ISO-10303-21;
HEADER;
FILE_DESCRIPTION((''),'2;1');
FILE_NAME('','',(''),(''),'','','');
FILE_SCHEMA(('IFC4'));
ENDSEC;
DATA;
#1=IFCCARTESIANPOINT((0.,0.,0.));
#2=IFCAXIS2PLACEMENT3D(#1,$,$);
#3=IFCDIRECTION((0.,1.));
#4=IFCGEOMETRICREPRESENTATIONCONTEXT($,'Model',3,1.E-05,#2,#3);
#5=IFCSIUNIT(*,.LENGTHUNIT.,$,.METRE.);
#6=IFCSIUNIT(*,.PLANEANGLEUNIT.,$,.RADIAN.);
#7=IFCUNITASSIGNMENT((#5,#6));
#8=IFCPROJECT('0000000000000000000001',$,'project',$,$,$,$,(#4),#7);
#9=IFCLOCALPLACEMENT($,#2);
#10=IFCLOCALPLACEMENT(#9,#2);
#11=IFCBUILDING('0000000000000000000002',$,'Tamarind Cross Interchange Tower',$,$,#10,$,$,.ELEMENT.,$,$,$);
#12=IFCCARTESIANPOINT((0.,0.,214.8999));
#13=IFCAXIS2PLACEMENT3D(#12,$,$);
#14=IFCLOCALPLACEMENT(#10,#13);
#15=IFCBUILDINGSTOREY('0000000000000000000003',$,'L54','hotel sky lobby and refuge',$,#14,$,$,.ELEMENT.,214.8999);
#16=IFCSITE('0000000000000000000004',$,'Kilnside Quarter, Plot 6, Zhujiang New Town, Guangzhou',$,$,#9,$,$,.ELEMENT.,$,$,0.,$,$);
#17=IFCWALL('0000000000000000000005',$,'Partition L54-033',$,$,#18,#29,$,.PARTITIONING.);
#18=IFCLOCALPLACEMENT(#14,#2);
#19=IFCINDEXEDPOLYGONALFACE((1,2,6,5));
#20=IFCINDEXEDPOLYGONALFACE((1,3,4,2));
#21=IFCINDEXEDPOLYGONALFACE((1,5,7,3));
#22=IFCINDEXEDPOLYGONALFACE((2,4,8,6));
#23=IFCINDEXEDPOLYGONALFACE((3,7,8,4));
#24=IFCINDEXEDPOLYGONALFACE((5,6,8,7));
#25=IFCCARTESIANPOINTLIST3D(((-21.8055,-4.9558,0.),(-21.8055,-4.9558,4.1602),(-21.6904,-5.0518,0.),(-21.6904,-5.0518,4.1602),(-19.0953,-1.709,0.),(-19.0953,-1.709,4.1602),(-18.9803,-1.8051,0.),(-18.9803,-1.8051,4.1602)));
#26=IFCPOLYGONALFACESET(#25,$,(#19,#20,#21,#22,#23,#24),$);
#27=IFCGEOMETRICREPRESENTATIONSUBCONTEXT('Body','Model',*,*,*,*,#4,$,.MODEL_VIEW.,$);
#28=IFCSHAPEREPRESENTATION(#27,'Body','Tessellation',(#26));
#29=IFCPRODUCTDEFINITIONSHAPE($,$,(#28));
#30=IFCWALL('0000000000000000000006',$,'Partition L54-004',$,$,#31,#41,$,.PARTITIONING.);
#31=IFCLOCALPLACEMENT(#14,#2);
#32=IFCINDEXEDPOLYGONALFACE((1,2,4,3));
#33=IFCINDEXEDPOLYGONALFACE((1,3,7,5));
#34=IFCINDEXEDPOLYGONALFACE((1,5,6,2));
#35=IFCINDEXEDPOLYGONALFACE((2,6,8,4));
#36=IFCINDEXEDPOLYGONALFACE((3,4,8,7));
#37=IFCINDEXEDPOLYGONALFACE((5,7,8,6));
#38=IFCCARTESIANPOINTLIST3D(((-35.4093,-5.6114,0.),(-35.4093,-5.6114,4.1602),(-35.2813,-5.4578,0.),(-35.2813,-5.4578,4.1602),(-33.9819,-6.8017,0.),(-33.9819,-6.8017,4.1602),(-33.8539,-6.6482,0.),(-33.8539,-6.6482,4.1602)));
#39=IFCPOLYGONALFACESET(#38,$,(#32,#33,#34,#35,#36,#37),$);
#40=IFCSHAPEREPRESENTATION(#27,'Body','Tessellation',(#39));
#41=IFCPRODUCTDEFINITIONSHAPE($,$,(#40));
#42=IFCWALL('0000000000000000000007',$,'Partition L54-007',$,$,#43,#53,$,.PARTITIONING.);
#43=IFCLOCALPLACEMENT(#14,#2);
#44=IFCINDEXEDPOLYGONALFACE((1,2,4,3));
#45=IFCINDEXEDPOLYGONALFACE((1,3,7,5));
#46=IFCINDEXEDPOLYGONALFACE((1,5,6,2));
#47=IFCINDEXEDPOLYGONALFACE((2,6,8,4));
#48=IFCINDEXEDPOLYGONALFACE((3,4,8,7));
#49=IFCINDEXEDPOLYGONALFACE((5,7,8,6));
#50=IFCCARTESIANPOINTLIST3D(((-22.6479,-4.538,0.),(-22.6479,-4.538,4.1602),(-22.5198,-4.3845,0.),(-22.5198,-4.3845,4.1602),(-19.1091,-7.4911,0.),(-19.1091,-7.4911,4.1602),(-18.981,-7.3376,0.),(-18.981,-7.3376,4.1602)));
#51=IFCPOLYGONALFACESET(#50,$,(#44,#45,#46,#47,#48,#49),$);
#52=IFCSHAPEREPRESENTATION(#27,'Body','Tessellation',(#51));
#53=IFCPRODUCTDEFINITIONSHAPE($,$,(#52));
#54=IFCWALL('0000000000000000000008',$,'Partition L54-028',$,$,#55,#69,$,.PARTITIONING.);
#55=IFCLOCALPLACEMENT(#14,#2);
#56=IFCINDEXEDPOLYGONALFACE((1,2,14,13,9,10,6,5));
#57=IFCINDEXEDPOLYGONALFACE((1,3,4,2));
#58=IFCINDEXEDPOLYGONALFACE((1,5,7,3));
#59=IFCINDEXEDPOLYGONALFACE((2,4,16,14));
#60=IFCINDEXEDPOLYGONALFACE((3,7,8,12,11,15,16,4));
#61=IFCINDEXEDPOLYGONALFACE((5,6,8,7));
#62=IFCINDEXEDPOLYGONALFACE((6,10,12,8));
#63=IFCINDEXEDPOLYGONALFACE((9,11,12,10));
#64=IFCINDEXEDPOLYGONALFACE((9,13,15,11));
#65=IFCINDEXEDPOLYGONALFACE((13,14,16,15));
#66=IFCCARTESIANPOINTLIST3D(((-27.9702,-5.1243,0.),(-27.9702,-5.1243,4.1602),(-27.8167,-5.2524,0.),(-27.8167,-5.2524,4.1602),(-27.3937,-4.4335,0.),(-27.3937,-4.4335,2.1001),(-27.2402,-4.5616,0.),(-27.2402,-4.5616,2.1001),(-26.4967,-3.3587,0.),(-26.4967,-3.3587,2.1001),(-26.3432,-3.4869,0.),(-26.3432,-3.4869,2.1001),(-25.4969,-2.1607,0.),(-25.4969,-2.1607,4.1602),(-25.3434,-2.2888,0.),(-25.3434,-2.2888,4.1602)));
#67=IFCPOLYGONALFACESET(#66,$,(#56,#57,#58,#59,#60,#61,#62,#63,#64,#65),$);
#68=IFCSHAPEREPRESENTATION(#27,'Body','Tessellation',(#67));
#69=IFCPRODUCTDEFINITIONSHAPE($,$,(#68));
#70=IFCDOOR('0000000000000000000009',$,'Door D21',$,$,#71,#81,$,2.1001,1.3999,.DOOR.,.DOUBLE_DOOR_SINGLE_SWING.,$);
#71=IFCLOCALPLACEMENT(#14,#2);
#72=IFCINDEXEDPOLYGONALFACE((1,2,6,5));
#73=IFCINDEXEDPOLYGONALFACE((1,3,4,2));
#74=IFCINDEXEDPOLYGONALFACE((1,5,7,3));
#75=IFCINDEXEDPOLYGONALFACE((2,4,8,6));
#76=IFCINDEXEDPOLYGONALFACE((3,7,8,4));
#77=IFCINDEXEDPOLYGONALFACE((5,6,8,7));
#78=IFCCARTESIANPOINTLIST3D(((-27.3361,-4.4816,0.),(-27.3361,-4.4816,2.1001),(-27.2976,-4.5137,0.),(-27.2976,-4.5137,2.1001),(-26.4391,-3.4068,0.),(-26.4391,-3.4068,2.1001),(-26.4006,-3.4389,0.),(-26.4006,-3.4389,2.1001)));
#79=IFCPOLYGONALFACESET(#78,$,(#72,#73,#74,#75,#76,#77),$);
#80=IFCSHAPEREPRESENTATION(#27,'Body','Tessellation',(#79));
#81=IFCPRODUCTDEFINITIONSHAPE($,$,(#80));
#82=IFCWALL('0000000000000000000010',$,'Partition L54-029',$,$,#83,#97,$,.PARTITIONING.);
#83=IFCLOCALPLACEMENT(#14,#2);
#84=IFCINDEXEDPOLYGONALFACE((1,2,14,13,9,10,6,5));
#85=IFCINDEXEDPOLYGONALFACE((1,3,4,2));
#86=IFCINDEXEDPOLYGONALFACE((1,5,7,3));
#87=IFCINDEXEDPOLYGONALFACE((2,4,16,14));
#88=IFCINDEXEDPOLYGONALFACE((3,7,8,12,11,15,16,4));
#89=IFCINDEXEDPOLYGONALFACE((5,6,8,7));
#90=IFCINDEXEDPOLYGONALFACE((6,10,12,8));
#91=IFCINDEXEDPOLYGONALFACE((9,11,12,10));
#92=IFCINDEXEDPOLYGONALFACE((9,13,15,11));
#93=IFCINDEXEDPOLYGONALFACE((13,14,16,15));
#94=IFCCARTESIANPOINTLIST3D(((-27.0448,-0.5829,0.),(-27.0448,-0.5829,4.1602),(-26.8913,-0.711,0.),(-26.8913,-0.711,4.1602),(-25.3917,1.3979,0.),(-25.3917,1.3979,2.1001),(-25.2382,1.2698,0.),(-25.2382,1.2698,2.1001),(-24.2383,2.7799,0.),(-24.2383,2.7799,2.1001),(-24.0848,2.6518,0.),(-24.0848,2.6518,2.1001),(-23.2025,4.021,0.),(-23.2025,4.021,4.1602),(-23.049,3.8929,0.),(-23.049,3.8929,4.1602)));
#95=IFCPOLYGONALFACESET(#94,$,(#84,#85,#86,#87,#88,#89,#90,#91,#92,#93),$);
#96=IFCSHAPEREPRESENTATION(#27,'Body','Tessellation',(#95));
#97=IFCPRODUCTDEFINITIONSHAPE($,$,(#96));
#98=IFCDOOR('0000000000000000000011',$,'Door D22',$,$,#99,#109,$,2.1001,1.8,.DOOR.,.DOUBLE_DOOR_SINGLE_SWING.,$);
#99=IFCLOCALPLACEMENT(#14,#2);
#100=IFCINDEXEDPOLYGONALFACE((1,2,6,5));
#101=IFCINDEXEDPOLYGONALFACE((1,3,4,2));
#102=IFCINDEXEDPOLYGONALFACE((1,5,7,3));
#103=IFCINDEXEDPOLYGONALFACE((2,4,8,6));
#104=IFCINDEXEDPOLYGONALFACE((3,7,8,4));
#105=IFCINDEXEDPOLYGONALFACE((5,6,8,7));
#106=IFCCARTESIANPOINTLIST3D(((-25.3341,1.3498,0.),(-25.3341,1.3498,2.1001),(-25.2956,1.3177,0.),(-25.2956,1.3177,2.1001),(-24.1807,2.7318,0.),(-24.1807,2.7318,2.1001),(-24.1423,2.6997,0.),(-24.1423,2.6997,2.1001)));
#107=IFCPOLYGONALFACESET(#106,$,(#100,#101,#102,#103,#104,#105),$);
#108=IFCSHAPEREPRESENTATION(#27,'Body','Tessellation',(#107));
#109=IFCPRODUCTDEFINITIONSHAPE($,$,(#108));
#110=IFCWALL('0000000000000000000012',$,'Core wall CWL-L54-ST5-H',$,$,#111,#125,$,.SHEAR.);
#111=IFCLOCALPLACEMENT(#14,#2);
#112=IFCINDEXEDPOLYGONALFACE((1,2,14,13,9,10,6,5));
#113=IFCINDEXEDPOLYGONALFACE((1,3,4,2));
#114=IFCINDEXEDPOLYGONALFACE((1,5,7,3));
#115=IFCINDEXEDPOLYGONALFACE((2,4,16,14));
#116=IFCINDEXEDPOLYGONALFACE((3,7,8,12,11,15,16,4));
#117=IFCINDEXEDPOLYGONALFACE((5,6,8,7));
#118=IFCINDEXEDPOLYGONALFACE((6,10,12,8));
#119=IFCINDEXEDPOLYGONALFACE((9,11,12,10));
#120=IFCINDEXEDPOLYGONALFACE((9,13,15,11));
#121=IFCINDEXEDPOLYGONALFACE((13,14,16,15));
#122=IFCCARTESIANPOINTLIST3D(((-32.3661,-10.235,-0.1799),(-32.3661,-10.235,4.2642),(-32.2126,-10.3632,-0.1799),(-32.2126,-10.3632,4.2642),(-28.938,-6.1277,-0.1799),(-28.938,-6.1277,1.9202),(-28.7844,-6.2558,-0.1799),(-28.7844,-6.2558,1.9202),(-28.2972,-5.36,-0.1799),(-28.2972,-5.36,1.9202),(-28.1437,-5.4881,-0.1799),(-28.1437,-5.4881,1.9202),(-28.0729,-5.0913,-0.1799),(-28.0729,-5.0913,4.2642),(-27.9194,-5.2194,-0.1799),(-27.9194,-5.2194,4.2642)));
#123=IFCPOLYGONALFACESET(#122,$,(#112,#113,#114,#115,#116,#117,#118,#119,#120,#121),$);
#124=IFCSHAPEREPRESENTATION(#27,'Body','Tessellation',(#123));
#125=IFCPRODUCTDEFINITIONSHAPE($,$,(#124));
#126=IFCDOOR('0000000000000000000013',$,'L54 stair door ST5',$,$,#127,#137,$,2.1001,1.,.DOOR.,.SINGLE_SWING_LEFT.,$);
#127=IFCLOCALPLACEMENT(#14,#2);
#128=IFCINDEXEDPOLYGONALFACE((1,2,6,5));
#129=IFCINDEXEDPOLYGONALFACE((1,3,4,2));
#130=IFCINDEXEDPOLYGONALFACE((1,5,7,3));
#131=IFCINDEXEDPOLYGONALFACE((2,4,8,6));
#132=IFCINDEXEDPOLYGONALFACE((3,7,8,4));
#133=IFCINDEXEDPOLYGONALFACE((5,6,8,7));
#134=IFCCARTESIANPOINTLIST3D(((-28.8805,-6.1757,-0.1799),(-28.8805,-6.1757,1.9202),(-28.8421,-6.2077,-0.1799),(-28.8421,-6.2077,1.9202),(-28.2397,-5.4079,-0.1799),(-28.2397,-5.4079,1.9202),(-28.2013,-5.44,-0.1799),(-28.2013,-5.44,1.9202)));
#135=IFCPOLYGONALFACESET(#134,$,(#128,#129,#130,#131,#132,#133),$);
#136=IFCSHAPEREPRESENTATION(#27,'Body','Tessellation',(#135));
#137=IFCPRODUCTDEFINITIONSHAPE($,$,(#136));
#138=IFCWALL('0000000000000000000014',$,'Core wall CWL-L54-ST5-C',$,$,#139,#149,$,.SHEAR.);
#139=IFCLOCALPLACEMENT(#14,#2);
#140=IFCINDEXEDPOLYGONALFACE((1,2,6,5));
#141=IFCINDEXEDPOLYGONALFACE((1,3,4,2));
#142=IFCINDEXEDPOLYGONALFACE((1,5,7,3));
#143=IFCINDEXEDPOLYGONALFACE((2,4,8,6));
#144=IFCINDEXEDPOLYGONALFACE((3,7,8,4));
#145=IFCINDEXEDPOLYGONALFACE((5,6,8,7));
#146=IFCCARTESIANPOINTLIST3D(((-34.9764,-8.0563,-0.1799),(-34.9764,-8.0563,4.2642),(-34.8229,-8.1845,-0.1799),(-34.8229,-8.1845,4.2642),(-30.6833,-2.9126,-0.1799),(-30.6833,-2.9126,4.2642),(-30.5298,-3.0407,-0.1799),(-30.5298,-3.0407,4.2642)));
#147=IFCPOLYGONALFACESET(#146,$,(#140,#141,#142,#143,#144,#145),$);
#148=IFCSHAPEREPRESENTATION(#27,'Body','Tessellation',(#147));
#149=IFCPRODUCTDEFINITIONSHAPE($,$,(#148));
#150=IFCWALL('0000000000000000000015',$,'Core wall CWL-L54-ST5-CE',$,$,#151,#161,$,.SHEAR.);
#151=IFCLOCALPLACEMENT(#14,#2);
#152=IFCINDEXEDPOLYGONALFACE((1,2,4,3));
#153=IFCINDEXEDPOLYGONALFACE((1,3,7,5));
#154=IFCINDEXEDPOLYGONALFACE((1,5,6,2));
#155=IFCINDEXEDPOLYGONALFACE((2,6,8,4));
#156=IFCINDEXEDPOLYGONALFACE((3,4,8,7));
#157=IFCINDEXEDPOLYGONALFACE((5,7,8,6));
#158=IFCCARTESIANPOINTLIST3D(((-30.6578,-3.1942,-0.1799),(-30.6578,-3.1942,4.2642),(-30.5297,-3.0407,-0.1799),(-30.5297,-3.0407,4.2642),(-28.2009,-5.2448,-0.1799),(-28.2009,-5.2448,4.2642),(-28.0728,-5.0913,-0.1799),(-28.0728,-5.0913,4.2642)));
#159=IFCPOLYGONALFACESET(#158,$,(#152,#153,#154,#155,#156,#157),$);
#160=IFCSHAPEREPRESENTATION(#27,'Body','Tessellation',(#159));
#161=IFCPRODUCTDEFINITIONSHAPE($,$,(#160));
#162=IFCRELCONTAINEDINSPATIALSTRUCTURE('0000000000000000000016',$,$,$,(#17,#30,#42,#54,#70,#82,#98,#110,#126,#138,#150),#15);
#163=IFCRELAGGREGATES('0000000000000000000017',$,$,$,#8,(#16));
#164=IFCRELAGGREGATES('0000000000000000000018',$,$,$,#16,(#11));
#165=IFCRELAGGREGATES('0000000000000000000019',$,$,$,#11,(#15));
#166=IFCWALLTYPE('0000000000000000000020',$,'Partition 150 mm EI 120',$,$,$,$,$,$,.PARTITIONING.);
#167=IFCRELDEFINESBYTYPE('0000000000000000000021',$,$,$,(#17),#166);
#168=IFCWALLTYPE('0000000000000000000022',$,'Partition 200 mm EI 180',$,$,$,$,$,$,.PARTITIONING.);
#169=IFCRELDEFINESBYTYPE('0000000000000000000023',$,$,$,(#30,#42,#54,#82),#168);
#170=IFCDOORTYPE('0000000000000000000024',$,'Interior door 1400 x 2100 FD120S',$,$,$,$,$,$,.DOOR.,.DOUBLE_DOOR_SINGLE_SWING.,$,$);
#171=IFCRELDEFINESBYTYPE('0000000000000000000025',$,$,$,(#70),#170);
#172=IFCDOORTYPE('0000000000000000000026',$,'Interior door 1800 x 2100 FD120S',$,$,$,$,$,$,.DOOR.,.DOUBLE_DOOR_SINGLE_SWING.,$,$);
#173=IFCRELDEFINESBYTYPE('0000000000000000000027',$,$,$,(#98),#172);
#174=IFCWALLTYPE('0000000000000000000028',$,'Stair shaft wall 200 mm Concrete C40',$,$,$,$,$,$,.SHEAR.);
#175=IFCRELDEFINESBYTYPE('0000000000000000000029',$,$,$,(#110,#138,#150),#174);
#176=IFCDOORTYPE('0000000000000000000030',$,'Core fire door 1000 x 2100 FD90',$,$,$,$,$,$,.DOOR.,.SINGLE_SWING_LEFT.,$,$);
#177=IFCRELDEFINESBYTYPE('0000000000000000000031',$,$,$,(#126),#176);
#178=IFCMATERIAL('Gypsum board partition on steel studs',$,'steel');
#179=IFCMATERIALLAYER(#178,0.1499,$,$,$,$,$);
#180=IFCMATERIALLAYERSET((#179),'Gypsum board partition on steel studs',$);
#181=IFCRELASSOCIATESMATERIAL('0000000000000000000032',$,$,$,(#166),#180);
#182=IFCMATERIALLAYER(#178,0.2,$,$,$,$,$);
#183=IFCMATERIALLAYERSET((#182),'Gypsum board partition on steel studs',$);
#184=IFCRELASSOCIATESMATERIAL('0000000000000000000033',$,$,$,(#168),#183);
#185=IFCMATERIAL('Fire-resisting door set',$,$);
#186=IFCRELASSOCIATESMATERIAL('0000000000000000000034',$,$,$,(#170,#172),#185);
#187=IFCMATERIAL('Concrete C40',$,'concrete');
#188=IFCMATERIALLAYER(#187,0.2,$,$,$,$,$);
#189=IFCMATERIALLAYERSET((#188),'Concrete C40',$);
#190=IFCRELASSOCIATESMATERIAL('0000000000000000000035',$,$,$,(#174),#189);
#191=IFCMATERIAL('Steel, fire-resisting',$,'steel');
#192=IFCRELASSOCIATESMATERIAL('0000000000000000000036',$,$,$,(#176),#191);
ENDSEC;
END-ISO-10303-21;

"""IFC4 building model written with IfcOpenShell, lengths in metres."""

from ifc_helpers import new_model, si_unit, direction, frame, frame_2d, origin, place, context, subcontext, project, spatial, rectangle, extrude, material, layer, layer_set, type_object, element, fill, save


model = new_model("IFC4")

# Units and contexts
model_context = context("Model", 3, precision=1e-05, world=origin(), true_north=direction((0.0, 1.0)))
body_context = subcontext(model_context, "Body", "Model", "MODEL_VIEW")
ifc_project = project(units=[si_unit("LENGTHUNIT", "METRE"), si_unit("PLANEANGLEUNIT", "RADIAN")], contexts=[model_context])

# Site, building, storey
site_placement = place(None, origin())
site = spatial("IfcSite", under=ifc_project, at=site_placement, Name="Kilnside Quarter, Plot 6, Zhujiang New Town, Guangzhou", CompositionType="ELEMENT", RefElevation=0.0)
building_placement = place(site_placement, origin())
building = spatial("IfcBuilding", under=site, at=building_placement, Name="Tamarind Cross Interchange Tower", CompositionType="ELEMENT")
storey_placement = place(building_placement, frame((0.0, 0.0, 214.8999)))
storey = spatial("IfcBuildingStorey", under=building, at=storey_placement, Name="L54", Description="hotel sky lobby and refuge", CompositionType="ELEMENT", Elevation=214.8999)

# Walls
ifc_material_1 = material(Name="Gypsum board partition on steel studs", Category="steel")
ifc_layer_1 = layer(ifc_material_1, 0.1499)
ifc_layer_set_1 = layer_set([ifc_layer_1], Name="Gypsum board partition on steel studs")
wall_type_1 = type_object("IfcWallType", Name="Partition 150 mm EI 120", PredefinedType="PARTITIONING", material=ifc_layer_set_1)
wall_1_placement = place(storey_placement, frame((-21.748, -5.0039, 0.0), z_axis=(0.0, 0.0, 1.0), x_axis=(0.640814, 0.767696, 0.0)))
element("IfcWall", 1, at=wall_1_placement, inside=storey, type_object=wall_type_1, Name="Partition L54-033", PredefinedType="PARTITIONING", context=body_context, shape_type="SweptSolid", body=[
    extrude(rectangle(XDim=4.2292, YDim=0.1499, at=frame_2d((2.1147, 0.0))), origin(), (0.0, 0.0, 1.0), 4.1602),
])
ifc_layer_2 = layer(ifc_material_1, 0.2)
ifc_layer_set_2 = layer_set([ifc_layer_2], Name="Gypsum board partition on steel studs")
wall_type_2 = type_object("IfcWallType", Name="Partition 200 mm EI 180", PredefinedType="PARTITIONING", material=ifc_layer_set_2)
wall_2_placement = place(storey_placement, frame((-35.3452, -5.5347, 0.0), z_axis=(0.0, 0.0, 1.0), x_axis=(0.767995, -0.640456, 0.0)))
element("IfcWall", 2, at=wall_2_placement, inside=storey, type_object=wall_type_2, Name="Partition L54-004", PredefinedType="PARTITIONING", context=body_context, shape_type="SweptSolid", body=[
    extrude(rectangle(XDim=1.8586, YDim=0.2, at=frame_2d((0.9292, 0.0))), origin(), (0.0, 0.0, 1.0), 4.1602),
])
wall_3_placement = place(storey_placement, frame((-22.584, -4.4612, 0.0), z_axis=(0.0, 0.0, 1.0), x_axis=(0.767783, -0.64071, 0.0)))
element("IfcWall", 3, at=wall_3_placement, inside=storey, type_object=wall_type_2, Name="Partition L54-007", PredefinedType="PARTITIONING", context=body_context, shape_type="SweptSolid", body=[
    extrude(rectangle(XDim=4.6091, YDim=0.2, at=frame_2d((2.3047, 0.0))), origin(), (0.0, 0.0, 1.0), 4.1602),
])

# Walls, openings, doors
wall_4_placement = place(storey_placement, frame((-27.8936, -5.1885, 0.0), z_axis=(0.0, 0.0, 1.0), x_axis=(0.64075, 0.767749, 0.0)))
wall_4 = element("IfcWall", 4, at=wall_4_placement, inside=storey, type_object=wall_type_2, Name="Partition L54-028", PredefinedType="PARTITIONING", context=body_context, shape_type="SweptSolid", body=[
    extrude(rectangle(XDim=3.8601, YDim=0.2, at=frame_2d((1.9302, 0.0))), origin(), (0.0, 0.0, 1.0), 4.1602),
])
opening_1_placement = place(wall_4_placement, frame((0.8999, 0.0, 0.0)))
opening_1 = element("IfcOpeningElement", 5, at=opening_1_placement, cuts=wall_4, PredefinedType="OPENING", context=body_context, shape_type="SweptSolid", body=[
    extrude(rectangle(XDim=1.3999, YDim=2.1001, at=frame_2d((0.7, 1.05))), frame((0.0, 0.1099, 0.0), z_axis=(0.0, -1.0, 0.0), x_axis=(1.0, 0.0, 0.0)), (0.0, 0.0, 1.0), 0.22),
])
ifc_material_2 = material(Name="Fire-resisting door set")
door_type_1 = type_object("IfcDoorType", Name="Interior door 1400 x 2100 FD120S", OperationType="DOUBLE_DOOR_SINGLE_SWING", PredefinedType="DOOR", material=ifc_material_2)
door_1_placement = place(opening_1_placement, origin())
door_1 = element("IfcDoor", 6, at=door_1_placement, inside=storey, type_object=door_type_1, Name="Door D21", OperationType="DOUBLE_DOOR_SINGLE_SWING", OverallHeight=2.1001, OverallWidth=1.3999, PredefinedType="DOOR", context=body_context, shape_type="SweptSolid", body=[
    extrude(rectangle(XDim=1.3999, YDim=2.1001, at=frame_2d((0.7, 1.05))), frame((0.0, 0.0249, 0.0), z_axis=(0.0, -1.0, 0.0), x_axis=(1.0, 0.0, 0.0)), (0.0, 0.0, 1.0), 0.05),
])
fill(opening_1, door_1)
wall_5_placement = place(storey_placement, frame((-26.968, -0.647, 0.0), z_axis=(0.0, 0.0, 1.0), x_axis=(0.640737, 0.767761, 0.0)))
wall_5 = element("IfcWall", 7, at=wall_5_placement, inside=storey, type_object=wall_type_2, Name="Partition L54-029", PredefinedType="PARTITIONING", context=body_context, shape_type="SweptSolid", body=[
    extrude(rectangle(XDim=5.9966, YDim=0.2, at=frame_2d((2.9983, 0.0))), origin(), (0.0, 0.0, 1.0), 4.1602),
])
opening_2_placement = place(wall_5_placement, frame((2.5801, 0.0, 0.0)))
opening_2 = element("IfcOpeningElement", 8, at=opening_2_placement, cuts=wall_5, PredefinedType="OPENING", context=body_context, shape_type="SweptSolid", body=[
    extrude(rectangle(XDim=1.8, YDim=2.1001, at=frame_2d((0.8999, 1.05))), frame((0.0, 0.1099, 0.0), z_axis=(0.0, -1.0, 0.0), x_axis=(1.0, 0.0, 0.0)), (0.0, 0.0, 1.0), 0.22),
])
door_type_2 = type_object("IfcDoorType", Name="Interior door 1800 x 2100 FD120S", OperationType="DOUBLE_DOOR_SINGLE_SWING", PredefinedType="DOOR", material=ifc_material_2)
door_2_placement = place(opening_2_placement, origin())
door_2 = element("IfcDoor", 9, at=door_2_placement, inside=storey, type_object=door_type_2, Name="Door D22", OperationType="DOUBLE_DOOR_SINGLE_SWING", OverallHeight=2.1001, OverallWidth=1.8, PredefinedType="DOOR", context=body_context, shape_type="SweptSolid", body=[
    extrude(rectangle(XDim=1.8, YDim=2.1001, at=frame_2d((0.8999, 1.05))), frame((0.0, 0.0249, 0.0), z_axis=(0.0, -1.0, 0.0), x_axis=(1.0, 0.0, 0.0)), (0.0, 0.0, 1.0), 0.05),
])
fill(opening_2, door_2)
ifc_material_3 = material(Name="Concrete C40", Category="concrete")
ifc_layer_3 = layer(ifc_material_3, 0.2)
ifc_layer_set_3 = layer_set([ifc_layer_3], Name="Concrete C40")
wall_type_3 = type_object("IfcWallType", Name="Stair shaft wall 200 mm Concrete C40", PredefinedType="SHEAR", material=ifc_layer_set_3)
wall_6_placement = place(storey_placement, frame((-27.9961, -5.1553, -0.1799), z_axis=(0.0, 0.0, 1.0), x_axis=(-0.640776, -0.767728, 0.0)))
wall_6 = element("IfcWall", 10, at=wall_6_placement, inside=storey, type_object=wall_type_3, Name="Core wall CWL-L54-ST5-H", PredefinedType="SHEAR", context=body_context, shape_type="SweptSolid", body=[
    extrude(rectangle(XDim=6.7, YDim=0.2, at=frame_2d((3.3501, 0.0))), origin(), (0.0, 0.0, 1.0), 4.4441),
])
opening_3_placement = place(wall_6_placement, frame((0.3501, 0.0, 0.0)))
opening_3 = element("IfcOpeningElement", 11, at=opening_3_placement, cuts=wall_6, PredefinedType="OPENING", context=body_context, shape_type="SweptSolid", body=[
    extrude(rectangle(XDim=1.0, YDim=2.1001, at=frame_2d((0.5, 1.05))), frame((0.0, 0.1099, 0.0), z_axis=(0.0, -1.0, 0.0), x_axis=(1.0, 0.0, 0.0)), (0.0, 0.0, 1.0), 0.22),
])
ifc_material_4 = material(Name="Steel, fire-resisting", Category="steel")
door_type_3 = type_object("IfcDoorType", Name="Core fire door 1000 x 2100 FD90", OperationType="SINGLE_SWING_LEFT", PredefinedType="DOOR", material=ifc_material_4)
door_3_placement = place(opening_3_placement, origin())
door_3 = element("IfcDoor", 12, at=door_3_placement, inside=storey, type_object=door_type_3, Name="L54 stair door ST5", OperationType="SINGLE_SWING_LEFT", OverallHeight=2.1001, OverallWidth=1.0, PredefinedType="DOOR", context=body_context, shape_type="SweptSolid", body=[
    extrude(rectangle(XDim=1.0, YDim=2.1001, at=frame_2d((0.5, 1.05))), frame((0.0, 0.0249, 0.0), z_axis=(0.0, -1.0, 0.0), x_axis=(1.0, 0.0, 0.0)), (0.0, 0.0, 1.0), 0.05),
])
fill(opening_3, door_3)

# Walls
wall_7_placement = place(storey_placement, frame((-30.6064, -2.9766, -0.1799), z_axis=(0.0, 0.0, 1.0), x_axis=(-0.640776, -0.767728, 0.0)))
element("IfcWall", 13, at=wall_7_placement, inside=storey, type_object=wall_type_3, Name="Core wall CWL-L54-ST5-C", PredefinedType="SHEAR", context=body_context, shape_type="SweptSolid", body=[
    extrude(rectangle(XDim=6.7, YDim=0.2, at=frame_2d((3.3501, 0.0))), origin(), (0.0, 0.0, 1.0), 4.4441),
])
wall_8_placement = place(storey_placement, frame((-30.5938, -3.1174, -0.1799), z_axis=(0.0, 0.0, 1.0), x_axis=(0.767727, -0.640777, 0.0)))
element("IfcWall", 14, at=wall_8_placement, inside=storey, type_object=wall_type_3, Name="Core wall CWL-L54-ST5-CE", PredefinedType="SHEAR", context=body_context, shape_type="SweptSolid", body=[
    extrude(rectangle(XDim=3.2002, YDim=0.2, at=frame_2d((1.6001, 0.0))), origin(), (0.0, 0.0, 1.0), 4.4441),
])

save(model, "model.ifc")
